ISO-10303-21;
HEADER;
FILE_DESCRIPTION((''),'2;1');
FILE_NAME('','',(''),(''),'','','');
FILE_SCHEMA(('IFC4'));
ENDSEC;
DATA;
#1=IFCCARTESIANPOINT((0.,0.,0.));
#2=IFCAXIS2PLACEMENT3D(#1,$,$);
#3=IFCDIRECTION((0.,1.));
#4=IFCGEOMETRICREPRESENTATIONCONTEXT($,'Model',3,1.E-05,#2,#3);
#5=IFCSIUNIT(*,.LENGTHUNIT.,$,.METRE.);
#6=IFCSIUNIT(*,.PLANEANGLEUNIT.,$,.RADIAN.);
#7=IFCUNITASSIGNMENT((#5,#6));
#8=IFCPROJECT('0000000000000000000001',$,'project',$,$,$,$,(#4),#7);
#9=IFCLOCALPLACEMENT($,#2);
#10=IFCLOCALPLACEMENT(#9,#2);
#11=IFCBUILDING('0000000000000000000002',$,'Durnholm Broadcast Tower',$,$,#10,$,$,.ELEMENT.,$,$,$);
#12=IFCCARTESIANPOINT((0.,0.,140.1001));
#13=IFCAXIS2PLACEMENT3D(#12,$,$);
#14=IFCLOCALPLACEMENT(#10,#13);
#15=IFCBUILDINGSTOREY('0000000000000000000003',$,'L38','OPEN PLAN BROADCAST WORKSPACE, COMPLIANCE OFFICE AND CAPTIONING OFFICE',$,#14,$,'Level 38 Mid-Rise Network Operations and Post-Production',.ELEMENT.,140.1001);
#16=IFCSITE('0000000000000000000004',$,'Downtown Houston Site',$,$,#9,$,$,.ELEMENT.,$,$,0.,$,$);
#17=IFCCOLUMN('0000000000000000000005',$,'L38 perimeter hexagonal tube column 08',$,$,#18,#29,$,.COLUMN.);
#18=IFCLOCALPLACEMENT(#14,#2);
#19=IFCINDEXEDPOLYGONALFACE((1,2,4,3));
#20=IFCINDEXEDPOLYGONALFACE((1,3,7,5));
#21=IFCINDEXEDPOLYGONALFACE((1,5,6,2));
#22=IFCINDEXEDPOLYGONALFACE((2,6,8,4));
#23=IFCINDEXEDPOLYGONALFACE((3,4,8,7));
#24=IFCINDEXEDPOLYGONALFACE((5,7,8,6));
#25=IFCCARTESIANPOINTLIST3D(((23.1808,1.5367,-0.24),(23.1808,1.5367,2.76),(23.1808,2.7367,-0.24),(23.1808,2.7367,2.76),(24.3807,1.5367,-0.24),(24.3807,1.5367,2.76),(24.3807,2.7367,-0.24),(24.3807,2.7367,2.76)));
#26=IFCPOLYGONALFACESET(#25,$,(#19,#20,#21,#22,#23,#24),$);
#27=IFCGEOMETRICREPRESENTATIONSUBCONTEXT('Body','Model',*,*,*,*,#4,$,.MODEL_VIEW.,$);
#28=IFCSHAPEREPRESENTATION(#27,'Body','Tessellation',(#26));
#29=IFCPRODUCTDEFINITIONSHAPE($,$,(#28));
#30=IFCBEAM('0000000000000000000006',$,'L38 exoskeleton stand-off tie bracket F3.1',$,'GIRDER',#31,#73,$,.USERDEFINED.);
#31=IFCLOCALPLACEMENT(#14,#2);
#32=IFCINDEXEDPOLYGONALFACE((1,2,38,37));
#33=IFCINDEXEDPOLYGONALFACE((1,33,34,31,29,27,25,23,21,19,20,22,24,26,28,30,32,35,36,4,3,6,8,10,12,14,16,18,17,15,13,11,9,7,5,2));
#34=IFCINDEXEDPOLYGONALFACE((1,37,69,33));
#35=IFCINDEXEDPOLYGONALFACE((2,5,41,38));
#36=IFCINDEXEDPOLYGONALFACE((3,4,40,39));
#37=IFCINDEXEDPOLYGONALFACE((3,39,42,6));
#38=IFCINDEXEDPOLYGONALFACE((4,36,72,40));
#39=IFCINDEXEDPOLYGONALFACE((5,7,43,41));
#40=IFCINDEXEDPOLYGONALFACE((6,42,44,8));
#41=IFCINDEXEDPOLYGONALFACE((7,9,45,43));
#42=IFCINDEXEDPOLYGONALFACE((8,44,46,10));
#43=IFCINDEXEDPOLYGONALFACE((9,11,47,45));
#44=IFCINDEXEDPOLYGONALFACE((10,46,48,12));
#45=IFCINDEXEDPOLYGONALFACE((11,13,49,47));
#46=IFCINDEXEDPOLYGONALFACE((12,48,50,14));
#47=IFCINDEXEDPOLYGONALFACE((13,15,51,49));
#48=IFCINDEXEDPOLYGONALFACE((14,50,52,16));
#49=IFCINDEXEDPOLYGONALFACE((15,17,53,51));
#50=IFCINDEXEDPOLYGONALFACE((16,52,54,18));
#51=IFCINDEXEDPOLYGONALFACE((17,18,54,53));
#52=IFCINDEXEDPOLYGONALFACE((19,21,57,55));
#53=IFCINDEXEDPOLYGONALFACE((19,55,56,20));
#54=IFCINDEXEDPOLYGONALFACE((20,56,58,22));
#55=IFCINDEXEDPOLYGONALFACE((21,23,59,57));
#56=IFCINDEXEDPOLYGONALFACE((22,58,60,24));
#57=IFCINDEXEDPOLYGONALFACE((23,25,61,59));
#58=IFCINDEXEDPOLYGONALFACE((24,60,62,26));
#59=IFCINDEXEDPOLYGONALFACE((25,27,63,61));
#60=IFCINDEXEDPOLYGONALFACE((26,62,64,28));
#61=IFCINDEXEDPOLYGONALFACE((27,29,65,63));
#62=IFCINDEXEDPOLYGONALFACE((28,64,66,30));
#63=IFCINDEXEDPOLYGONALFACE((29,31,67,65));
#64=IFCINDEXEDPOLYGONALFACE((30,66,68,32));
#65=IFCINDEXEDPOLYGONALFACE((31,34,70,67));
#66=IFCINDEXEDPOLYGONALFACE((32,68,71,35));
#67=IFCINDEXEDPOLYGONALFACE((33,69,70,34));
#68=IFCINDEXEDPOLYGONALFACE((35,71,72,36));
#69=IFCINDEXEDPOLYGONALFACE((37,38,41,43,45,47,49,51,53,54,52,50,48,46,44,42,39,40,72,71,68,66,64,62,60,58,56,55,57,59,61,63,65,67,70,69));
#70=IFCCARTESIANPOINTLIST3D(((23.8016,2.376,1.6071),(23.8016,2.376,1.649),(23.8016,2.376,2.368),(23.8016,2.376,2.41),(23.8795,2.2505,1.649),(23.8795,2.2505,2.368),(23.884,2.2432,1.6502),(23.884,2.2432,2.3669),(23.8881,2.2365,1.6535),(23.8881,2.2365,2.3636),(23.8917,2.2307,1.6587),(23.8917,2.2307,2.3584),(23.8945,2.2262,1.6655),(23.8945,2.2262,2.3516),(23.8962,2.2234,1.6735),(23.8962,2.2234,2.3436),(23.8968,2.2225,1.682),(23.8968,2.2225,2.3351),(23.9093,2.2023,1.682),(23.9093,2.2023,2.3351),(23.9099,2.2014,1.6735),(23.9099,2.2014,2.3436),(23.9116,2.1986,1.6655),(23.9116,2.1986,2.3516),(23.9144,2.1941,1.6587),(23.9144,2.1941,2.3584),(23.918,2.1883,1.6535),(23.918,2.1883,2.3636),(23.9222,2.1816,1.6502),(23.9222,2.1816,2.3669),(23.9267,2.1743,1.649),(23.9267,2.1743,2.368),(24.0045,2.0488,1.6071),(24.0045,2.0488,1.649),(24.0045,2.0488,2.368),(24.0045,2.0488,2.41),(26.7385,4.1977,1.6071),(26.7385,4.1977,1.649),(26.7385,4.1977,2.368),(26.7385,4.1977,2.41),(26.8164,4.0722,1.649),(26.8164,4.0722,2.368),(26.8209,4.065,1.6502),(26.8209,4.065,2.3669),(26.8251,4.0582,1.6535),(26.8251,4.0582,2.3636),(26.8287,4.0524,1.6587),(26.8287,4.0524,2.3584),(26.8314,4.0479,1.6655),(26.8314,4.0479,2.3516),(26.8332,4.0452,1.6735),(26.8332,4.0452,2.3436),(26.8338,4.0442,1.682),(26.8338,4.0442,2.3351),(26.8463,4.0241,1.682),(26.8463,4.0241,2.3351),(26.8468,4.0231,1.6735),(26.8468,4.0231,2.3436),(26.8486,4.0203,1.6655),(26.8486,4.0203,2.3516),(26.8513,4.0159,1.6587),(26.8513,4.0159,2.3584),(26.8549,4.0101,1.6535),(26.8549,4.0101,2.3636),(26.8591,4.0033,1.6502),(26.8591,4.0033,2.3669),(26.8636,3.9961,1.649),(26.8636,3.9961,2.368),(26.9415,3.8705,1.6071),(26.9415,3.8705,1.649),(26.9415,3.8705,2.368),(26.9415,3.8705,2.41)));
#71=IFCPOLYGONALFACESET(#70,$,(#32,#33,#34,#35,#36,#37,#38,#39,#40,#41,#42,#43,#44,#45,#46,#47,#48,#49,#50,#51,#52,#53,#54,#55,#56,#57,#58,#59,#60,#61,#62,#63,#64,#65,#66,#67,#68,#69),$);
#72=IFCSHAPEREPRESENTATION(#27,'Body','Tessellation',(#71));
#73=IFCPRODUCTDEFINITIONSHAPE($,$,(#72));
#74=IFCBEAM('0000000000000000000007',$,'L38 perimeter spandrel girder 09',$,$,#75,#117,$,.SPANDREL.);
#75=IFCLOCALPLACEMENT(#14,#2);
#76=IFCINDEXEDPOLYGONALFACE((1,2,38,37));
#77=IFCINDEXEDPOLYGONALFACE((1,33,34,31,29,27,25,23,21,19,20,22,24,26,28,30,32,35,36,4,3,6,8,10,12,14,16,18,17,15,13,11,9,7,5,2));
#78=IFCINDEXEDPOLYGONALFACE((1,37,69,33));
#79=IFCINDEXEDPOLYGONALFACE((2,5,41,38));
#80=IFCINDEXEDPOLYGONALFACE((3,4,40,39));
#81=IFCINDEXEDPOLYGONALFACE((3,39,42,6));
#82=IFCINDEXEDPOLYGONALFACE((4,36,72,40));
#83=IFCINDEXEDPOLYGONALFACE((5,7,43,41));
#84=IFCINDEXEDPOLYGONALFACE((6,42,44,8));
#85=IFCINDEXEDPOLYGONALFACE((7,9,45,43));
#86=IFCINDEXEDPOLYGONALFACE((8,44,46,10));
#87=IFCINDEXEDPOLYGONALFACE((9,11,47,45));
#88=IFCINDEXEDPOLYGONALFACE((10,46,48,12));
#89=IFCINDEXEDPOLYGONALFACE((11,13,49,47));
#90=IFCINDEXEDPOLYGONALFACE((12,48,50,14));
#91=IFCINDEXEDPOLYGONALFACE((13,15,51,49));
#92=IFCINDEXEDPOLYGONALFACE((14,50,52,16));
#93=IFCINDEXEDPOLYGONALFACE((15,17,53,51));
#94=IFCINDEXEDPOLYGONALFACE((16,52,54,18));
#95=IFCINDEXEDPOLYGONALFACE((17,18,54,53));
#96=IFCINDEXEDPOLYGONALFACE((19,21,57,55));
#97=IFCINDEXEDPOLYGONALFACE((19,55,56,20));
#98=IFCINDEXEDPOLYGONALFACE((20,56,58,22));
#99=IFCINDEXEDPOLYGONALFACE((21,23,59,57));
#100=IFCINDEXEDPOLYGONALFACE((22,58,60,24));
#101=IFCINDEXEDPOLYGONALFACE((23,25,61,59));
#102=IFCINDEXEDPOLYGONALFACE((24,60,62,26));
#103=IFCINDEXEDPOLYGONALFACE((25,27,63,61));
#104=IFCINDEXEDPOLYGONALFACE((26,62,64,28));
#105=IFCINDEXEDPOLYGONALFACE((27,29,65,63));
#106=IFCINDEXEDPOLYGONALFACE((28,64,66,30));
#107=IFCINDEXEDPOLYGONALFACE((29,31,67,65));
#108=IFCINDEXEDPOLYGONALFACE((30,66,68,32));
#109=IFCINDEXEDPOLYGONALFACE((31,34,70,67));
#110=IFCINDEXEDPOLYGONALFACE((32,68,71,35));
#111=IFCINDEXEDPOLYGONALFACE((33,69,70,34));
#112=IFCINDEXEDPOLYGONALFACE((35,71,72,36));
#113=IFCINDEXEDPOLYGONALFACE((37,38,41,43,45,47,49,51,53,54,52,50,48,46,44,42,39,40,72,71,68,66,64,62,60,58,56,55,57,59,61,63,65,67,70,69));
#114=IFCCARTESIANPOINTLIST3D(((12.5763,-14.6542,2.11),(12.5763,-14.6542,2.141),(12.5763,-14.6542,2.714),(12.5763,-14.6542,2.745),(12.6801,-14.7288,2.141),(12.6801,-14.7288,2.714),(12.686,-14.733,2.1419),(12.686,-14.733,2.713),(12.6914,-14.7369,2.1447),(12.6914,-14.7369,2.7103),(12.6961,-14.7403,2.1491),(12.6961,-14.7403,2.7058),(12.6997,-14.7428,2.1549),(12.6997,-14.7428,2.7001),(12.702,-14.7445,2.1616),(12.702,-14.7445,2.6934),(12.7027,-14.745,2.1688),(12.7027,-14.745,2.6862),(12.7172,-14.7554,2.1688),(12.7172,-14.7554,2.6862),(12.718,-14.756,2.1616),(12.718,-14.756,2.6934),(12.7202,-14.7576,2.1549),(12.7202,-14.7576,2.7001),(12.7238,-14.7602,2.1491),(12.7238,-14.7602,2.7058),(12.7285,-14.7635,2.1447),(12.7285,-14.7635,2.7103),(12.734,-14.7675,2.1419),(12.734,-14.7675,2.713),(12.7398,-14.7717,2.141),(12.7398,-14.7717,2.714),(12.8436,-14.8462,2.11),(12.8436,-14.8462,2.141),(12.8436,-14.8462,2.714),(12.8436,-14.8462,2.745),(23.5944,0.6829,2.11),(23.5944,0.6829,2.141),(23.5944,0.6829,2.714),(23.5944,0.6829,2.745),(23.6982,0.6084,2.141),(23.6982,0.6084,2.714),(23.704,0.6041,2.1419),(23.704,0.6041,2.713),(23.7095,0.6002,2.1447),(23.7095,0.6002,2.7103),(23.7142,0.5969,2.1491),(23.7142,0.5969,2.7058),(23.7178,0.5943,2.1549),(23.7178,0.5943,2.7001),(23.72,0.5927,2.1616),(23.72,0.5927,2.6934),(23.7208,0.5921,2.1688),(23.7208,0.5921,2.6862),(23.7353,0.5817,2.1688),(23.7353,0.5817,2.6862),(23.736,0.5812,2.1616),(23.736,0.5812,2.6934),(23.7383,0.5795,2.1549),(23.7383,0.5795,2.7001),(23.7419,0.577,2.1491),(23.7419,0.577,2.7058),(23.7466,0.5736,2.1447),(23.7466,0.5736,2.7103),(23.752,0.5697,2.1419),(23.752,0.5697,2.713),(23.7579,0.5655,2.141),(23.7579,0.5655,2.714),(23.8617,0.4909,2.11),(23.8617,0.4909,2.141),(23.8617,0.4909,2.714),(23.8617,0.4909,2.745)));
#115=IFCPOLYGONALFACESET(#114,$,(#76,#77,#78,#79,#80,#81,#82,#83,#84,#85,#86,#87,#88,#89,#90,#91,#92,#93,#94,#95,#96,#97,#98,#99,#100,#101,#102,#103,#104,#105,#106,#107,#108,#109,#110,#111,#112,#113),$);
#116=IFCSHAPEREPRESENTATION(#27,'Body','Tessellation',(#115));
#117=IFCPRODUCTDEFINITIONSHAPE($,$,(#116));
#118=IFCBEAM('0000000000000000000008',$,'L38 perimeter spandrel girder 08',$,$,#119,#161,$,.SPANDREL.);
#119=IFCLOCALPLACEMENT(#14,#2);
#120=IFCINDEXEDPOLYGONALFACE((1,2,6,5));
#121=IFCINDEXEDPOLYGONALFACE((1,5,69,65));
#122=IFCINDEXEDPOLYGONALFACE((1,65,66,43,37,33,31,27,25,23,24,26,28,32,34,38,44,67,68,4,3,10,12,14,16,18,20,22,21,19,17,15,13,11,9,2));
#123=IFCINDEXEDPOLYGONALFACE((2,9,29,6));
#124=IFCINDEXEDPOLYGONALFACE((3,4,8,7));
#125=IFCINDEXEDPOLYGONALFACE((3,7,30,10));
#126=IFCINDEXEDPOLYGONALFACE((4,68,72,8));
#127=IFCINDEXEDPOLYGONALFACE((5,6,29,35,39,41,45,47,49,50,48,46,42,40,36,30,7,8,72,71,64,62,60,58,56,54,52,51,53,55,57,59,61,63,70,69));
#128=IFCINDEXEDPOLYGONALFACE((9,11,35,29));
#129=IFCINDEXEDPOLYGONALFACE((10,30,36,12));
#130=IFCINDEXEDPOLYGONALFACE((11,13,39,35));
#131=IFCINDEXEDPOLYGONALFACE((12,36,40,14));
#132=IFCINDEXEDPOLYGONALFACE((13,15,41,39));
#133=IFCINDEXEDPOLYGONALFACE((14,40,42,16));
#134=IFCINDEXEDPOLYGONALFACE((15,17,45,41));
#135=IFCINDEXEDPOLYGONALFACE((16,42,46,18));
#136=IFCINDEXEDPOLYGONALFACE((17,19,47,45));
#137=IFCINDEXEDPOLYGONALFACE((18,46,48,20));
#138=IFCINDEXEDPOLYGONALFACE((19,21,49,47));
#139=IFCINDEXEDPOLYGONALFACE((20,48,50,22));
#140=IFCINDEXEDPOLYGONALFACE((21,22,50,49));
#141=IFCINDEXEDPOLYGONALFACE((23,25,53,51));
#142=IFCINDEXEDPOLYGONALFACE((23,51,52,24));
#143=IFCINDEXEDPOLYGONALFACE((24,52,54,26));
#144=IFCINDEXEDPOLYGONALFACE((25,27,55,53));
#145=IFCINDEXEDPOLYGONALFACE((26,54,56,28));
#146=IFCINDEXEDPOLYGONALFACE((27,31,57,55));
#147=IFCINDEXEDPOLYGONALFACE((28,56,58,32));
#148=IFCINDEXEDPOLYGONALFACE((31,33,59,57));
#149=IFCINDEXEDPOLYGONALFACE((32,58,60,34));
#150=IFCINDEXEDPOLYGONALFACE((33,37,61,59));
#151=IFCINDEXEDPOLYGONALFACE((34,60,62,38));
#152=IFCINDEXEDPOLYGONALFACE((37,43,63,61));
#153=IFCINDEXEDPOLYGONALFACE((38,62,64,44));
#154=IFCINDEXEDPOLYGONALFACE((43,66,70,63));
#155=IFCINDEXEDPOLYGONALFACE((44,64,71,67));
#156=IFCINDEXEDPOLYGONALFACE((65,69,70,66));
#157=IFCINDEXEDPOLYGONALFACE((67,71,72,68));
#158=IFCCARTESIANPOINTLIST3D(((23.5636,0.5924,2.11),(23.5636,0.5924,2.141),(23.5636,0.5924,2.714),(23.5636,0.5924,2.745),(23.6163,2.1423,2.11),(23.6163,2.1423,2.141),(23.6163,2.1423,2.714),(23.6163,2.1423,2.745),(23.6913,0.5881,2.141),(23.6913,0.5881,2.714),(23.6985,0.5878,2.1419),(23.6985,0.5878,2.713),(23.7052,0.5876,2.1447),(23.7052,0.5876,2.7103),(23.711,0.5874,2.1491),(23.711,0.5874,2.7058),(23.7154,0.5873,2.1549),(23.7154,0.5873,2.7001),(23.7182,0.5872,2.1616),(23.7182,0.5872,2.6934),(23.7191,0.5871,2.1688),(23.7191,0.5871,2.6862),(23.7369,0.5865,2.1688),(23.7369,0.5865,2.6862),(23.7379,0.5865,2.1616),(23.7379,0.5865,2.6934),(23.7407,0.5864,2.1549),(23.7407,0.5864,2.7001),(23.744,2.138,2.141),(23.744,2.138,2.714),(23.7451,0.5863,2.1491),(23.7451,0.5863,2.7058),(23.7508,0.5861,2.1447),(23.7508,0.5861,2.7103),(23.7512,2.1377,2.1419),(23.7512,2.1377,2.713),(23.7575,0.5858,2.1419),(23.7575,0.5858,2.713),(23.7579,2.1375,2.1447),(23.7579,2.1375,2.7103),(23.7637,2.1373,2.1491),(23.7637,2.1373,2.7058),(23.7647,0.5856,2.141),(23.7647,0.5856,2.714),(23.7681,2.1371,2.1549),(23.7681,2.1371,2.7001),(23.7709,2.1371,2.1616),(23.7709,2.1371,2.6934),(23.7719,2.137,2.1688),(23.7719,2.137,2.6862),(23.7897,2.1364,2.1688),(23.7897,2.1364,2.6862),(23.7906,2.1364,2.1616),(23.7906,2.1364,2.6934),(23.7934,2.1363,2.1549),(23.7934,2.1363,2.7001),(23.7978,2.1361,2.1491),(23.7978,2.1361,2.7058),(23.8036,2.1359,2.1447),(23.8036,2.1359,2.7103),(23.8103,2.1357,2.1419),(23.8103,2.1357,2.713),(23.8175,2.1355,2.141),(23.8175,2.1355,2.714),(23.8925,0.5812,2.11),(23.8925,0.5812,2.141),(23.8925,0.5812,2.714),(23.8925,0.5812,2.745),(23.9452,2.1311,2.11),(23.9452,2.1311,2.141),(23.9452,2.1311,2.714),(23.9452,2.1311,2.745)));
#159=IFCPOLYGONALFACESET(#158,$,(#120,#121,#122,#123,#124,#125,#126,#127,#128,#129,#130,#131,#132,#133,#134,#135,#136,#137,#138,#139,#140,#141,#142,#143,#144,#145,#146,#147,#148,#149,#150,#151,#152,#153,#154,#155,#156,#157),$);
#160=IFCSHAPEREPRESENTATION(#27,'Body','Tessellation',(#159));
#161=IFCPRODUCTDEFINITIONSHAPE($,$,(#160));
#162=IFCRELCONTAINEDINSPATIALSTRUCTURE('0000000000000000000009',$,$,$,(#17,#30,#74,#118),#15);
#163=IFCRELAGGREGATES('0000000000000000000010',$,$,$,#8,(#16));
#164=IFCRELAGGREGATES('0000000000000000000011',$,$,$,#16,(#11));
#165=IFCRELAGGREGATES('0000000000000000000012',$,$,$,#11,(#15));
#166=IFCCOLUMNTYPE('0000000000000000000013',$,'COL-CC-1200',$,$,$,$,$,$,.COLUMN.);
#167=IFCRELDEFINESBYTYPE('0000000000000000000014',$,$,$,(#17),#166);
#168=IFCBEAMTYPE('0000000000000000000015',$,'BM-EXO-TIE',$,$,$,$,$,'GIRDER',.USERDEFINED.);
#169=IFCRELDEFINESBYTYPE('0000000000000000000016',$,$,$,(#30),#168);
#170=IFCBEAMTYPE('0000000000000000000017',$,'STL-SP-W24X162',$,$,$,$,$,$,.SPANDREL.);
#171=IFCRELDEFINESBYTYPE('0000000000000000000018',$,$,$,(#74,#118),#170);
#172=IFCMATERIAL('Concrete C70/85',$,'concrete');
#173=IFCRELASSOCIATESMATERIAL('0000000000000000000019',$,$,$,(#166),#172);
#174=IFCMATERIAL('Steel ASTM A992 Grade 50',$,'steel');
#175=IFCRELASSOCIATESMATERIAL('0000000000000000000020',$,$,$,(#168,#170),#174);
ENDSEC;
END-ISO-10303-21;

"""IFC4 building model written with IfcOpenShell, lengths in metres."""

from ifc_helpers import new_model, si_unit, direction, frame, origin, origin_2d, place, context, subcontext, project, spatial, rectangle, i_section, extrude, source, transform, mapped, material, material_profile, profile_set, type_object, type_shapes, element, save


model = new_model("IFC4")

# Units and contexts
model_context = context("Model", 3, precision=1e-05, world=origin(), true_north=direction((0.0, 1.0)))
body_context = subcontext(model_context, "Body", "Model", "MODEL_VIEW")
ifc_project = project(units=[si_unit("LENGTHUNIT", "METRE"), si_unit("PLANEANGLEUNIT", "RADIAN")], contexts=[model_context])

# Site, building, storey
site_placement = place(None, origin())
site = spatial("IfcSite", under=ifc_project, at=site_placement, Name="Downtown Houston Site", CompositionType="ELEMENT", RefElevation=0.0)
building_placement = place(site_placement, origin())
building = spatial("IfcBuilding", under=site, at=building_placement, Name="Durnholm Broadcast Tower", CompositionType="ELEMENT")
storey_placement = place(building_placement, frame((0.0, 0.0, 140.1001)))
storey = spatial("IfcBuildingStorey", under=building, at=storey_placement, Name="L38", Description="OPEN PLAN BROADCAST WORKSPACE, COMPLIANCE OFFICE AND CAPTIONING OFFICE", LongName="Level 38 Mid-Rise Network Operations and Post-Production", CompositionType="ELEMENT", Elevation=140.1001)

# Column
ifc_material_1 = material(Name="Concrete C70/85", Category="concrete")
ifc_material_profile_1 = material_profile(ifc_material_1, rectangle(XDim=1.2, YDim=1.2, at=origin_2d()), Name="RC1200X1200")
ifc_profile_set_1 = profile_set([ifc_material_profile_1], Name="Concrete C70/85")
column_type = type_object("IfcColumnType", Name="COL-CC-1200", PredefinedType="COLUMN", material=ifc_profile_set_1)
shared_shape_1 = source(origin(), body_context, "Body", "SweptSolid", [
    extrude(rectangle(XDim=1.2, YDim=1.2, at=origin_2d()), origin(), (0.0, 0.0, 1.0), 3.0),
])
type_shapes(column_type, [shared_shape_1])
column_placement = place(storey_placement, frame((23.7808, 2.1367, -0.24), z_axis=(0.0, 0.0, 1.0), x_axis=(1.0, 0.0, 0.0)))
element("IfcColumn", 1, at=column_placement, inside=storey, type_object=column_type, Name="L38 perimeter hexagonal tube column 08", PredefinedType="COLUMN", context=body_context, shape_type="MappedRepresentation", body=[
    mapped(shared_shape_1, transform((0.0, 0.0, 0.0), x_axis=(1.0, 0.0, 0.0), y_axis=(0.0, 1.0, 0.0), z_axis=(0.0, 0.0, 1.0), scale=1.0)),
])

# Beams
ifc_material_2 = material(Name="Steel ASTM A992 Grade 50", Category="steel")
ifc_material_profile_2 = material_profile(ifc_material_2, i_section(OverallWidth=0.385, OverallDepth=0.803, WebThickness=0.0237, FlangeThickness=0.042, FilletRadius=0.033, at=origin_2d()), Name="W30X261")
ifc_profile_set_2 = profile_set([ifc_material_profile_2], Name="Steel ASTM A992 Grade 50")
beam_type_1 = type_object("IfcBeamType", Name="BM-EXO-TIE", ElementType="GIRDER", PredefinedType="USERDEFINED", material=ifc_profile_set_2)
shared_shape_2 = source(origin(), body_context, "Body", "SweptSolid", [
    extrude(i_section(OverallWidth=0.385, OverallDepth=0.803, WebThickness=0.0237, FlangeThickness=0.042, FilletRadius=0.033, at=origin_2d()), origin(), (0.0, 0.0, 1.0), 3.4561),
])
beam_1_placement = place(storey_placement, frame((23.9031, 2.2124, 2.0085), z_axis=(0.849795, 0.527113, 0.0), x_axis=(-0.527113, 0.849795, 0.0)))
element("IfcBeam", 2, at=beam_1_placement, inside=storey, type_object=beam_type_1, Name="L38 exoskeleton stand-off tie bracket F3.1", ObjectType="GIRDER", PredefinedType="USERDEFINED", context=body_context, shape_type="MappedRepresentation", body=[
    mapped(shared_shape_2, transform((0.0, 0.0, 0.0), x_axis=(1.0, 0.0, 0.0), y_axis=(0.0, 1.0, 0.0), z_axis=(0.0, 0.0, 1.0), scale=1.0)),
])
ifc_material_profile_3 = material_profile(ifc_material_2, i_section(OverallWidth=0.3291, OverallDepth=0.635, WebThickness=0.0178, FlangeThickness=0.031, FilletRadius=0.0278, at=origin_2d()), Name="W24X162")
ifc_profile_set_3 = profile_set([ifc_material_profile_3], Name="Steel ASTM A992 Grade 50")
beam_type_2 = type_object("IfcBeamType", Name="STL-SP-W24X162", PredefinedType="SPANDREL", material=ifc_profile_set_3)
shared_shape_3 = source(origin(), body_context, "Body", "SweptSolid", [
    extrude(i_section(OverallWidth=0.3291, OverallDepth=0.635, WebThickness=0.0178, FlangeThickness=0.031, FilletRadius=0.0278, at=origin_2d()), origin(), (0.0, 0.0, 1.0), 18.8845),
])
beam_2_placement = place(storey_placement, frame((23.728, 0.5869, 2.4275), z_axis=(-0.583443, -0.812154, 0.0), x_axis=(0.812154, -0.583443, 0.0)))
element("IfcBeam", 3, at=beam_2_placement, inside=storey, type_object=beam_type_2, Name="L38 perimeter spandrel girder 09", PredefinedType="SPANDREL", context=body_context, shape_type="MappedRepresentation", body=[
    mapped(shared_shape_3, transform((0.0, 0.0, 0.0), x_axis=(1.0, 0.0, 0.0), y_axis=(0.0, 1.0, 0.0), z_axis=(0.0, 0.0, 1.0), scale=1.0)),
])
shared_shape_4 = source(origin(), body_context, "Body", "SweptSolid", [
    extrude(i_section(OverallWidth=0.3291, OverallDepth=0.635, WebThickness=0.0178, FlangeThickness=0.031, FilletRadius=0.0278, at=origin_2d()), origin(), (0.0, 0.0, 1.0), 1.5508),
])
type_shapes(beam_type_2, [shared_shape_3, shared_shape_4])
beam_3_placement = place(storey_placement, frame((23.7808, 2.1367, 2.4275), z_axis=(-0.034007, -0.999422, 0.0), x_axis=(0.999422, -0.034007, 0.0)))
element("IfcBeam", 4, at=beam_3_placement, inside=storey, type_object=beam_type_2, Name="L38 perimeter spandrel girder 08", PredefinedType="SPANDREL", context=body_context, shape_type="MappedRepresentation", body=[
    mapped(shared_shape_4, transform((0.0, 0.0, 0.0), x_axis=(1.0, 0.0, 0.0), y_axis=(0.0, 1.0, 0.0), z_axis=(0.0, 0.0, 1.0), scale=1.0)),
])

save(model, "model.ifc")
